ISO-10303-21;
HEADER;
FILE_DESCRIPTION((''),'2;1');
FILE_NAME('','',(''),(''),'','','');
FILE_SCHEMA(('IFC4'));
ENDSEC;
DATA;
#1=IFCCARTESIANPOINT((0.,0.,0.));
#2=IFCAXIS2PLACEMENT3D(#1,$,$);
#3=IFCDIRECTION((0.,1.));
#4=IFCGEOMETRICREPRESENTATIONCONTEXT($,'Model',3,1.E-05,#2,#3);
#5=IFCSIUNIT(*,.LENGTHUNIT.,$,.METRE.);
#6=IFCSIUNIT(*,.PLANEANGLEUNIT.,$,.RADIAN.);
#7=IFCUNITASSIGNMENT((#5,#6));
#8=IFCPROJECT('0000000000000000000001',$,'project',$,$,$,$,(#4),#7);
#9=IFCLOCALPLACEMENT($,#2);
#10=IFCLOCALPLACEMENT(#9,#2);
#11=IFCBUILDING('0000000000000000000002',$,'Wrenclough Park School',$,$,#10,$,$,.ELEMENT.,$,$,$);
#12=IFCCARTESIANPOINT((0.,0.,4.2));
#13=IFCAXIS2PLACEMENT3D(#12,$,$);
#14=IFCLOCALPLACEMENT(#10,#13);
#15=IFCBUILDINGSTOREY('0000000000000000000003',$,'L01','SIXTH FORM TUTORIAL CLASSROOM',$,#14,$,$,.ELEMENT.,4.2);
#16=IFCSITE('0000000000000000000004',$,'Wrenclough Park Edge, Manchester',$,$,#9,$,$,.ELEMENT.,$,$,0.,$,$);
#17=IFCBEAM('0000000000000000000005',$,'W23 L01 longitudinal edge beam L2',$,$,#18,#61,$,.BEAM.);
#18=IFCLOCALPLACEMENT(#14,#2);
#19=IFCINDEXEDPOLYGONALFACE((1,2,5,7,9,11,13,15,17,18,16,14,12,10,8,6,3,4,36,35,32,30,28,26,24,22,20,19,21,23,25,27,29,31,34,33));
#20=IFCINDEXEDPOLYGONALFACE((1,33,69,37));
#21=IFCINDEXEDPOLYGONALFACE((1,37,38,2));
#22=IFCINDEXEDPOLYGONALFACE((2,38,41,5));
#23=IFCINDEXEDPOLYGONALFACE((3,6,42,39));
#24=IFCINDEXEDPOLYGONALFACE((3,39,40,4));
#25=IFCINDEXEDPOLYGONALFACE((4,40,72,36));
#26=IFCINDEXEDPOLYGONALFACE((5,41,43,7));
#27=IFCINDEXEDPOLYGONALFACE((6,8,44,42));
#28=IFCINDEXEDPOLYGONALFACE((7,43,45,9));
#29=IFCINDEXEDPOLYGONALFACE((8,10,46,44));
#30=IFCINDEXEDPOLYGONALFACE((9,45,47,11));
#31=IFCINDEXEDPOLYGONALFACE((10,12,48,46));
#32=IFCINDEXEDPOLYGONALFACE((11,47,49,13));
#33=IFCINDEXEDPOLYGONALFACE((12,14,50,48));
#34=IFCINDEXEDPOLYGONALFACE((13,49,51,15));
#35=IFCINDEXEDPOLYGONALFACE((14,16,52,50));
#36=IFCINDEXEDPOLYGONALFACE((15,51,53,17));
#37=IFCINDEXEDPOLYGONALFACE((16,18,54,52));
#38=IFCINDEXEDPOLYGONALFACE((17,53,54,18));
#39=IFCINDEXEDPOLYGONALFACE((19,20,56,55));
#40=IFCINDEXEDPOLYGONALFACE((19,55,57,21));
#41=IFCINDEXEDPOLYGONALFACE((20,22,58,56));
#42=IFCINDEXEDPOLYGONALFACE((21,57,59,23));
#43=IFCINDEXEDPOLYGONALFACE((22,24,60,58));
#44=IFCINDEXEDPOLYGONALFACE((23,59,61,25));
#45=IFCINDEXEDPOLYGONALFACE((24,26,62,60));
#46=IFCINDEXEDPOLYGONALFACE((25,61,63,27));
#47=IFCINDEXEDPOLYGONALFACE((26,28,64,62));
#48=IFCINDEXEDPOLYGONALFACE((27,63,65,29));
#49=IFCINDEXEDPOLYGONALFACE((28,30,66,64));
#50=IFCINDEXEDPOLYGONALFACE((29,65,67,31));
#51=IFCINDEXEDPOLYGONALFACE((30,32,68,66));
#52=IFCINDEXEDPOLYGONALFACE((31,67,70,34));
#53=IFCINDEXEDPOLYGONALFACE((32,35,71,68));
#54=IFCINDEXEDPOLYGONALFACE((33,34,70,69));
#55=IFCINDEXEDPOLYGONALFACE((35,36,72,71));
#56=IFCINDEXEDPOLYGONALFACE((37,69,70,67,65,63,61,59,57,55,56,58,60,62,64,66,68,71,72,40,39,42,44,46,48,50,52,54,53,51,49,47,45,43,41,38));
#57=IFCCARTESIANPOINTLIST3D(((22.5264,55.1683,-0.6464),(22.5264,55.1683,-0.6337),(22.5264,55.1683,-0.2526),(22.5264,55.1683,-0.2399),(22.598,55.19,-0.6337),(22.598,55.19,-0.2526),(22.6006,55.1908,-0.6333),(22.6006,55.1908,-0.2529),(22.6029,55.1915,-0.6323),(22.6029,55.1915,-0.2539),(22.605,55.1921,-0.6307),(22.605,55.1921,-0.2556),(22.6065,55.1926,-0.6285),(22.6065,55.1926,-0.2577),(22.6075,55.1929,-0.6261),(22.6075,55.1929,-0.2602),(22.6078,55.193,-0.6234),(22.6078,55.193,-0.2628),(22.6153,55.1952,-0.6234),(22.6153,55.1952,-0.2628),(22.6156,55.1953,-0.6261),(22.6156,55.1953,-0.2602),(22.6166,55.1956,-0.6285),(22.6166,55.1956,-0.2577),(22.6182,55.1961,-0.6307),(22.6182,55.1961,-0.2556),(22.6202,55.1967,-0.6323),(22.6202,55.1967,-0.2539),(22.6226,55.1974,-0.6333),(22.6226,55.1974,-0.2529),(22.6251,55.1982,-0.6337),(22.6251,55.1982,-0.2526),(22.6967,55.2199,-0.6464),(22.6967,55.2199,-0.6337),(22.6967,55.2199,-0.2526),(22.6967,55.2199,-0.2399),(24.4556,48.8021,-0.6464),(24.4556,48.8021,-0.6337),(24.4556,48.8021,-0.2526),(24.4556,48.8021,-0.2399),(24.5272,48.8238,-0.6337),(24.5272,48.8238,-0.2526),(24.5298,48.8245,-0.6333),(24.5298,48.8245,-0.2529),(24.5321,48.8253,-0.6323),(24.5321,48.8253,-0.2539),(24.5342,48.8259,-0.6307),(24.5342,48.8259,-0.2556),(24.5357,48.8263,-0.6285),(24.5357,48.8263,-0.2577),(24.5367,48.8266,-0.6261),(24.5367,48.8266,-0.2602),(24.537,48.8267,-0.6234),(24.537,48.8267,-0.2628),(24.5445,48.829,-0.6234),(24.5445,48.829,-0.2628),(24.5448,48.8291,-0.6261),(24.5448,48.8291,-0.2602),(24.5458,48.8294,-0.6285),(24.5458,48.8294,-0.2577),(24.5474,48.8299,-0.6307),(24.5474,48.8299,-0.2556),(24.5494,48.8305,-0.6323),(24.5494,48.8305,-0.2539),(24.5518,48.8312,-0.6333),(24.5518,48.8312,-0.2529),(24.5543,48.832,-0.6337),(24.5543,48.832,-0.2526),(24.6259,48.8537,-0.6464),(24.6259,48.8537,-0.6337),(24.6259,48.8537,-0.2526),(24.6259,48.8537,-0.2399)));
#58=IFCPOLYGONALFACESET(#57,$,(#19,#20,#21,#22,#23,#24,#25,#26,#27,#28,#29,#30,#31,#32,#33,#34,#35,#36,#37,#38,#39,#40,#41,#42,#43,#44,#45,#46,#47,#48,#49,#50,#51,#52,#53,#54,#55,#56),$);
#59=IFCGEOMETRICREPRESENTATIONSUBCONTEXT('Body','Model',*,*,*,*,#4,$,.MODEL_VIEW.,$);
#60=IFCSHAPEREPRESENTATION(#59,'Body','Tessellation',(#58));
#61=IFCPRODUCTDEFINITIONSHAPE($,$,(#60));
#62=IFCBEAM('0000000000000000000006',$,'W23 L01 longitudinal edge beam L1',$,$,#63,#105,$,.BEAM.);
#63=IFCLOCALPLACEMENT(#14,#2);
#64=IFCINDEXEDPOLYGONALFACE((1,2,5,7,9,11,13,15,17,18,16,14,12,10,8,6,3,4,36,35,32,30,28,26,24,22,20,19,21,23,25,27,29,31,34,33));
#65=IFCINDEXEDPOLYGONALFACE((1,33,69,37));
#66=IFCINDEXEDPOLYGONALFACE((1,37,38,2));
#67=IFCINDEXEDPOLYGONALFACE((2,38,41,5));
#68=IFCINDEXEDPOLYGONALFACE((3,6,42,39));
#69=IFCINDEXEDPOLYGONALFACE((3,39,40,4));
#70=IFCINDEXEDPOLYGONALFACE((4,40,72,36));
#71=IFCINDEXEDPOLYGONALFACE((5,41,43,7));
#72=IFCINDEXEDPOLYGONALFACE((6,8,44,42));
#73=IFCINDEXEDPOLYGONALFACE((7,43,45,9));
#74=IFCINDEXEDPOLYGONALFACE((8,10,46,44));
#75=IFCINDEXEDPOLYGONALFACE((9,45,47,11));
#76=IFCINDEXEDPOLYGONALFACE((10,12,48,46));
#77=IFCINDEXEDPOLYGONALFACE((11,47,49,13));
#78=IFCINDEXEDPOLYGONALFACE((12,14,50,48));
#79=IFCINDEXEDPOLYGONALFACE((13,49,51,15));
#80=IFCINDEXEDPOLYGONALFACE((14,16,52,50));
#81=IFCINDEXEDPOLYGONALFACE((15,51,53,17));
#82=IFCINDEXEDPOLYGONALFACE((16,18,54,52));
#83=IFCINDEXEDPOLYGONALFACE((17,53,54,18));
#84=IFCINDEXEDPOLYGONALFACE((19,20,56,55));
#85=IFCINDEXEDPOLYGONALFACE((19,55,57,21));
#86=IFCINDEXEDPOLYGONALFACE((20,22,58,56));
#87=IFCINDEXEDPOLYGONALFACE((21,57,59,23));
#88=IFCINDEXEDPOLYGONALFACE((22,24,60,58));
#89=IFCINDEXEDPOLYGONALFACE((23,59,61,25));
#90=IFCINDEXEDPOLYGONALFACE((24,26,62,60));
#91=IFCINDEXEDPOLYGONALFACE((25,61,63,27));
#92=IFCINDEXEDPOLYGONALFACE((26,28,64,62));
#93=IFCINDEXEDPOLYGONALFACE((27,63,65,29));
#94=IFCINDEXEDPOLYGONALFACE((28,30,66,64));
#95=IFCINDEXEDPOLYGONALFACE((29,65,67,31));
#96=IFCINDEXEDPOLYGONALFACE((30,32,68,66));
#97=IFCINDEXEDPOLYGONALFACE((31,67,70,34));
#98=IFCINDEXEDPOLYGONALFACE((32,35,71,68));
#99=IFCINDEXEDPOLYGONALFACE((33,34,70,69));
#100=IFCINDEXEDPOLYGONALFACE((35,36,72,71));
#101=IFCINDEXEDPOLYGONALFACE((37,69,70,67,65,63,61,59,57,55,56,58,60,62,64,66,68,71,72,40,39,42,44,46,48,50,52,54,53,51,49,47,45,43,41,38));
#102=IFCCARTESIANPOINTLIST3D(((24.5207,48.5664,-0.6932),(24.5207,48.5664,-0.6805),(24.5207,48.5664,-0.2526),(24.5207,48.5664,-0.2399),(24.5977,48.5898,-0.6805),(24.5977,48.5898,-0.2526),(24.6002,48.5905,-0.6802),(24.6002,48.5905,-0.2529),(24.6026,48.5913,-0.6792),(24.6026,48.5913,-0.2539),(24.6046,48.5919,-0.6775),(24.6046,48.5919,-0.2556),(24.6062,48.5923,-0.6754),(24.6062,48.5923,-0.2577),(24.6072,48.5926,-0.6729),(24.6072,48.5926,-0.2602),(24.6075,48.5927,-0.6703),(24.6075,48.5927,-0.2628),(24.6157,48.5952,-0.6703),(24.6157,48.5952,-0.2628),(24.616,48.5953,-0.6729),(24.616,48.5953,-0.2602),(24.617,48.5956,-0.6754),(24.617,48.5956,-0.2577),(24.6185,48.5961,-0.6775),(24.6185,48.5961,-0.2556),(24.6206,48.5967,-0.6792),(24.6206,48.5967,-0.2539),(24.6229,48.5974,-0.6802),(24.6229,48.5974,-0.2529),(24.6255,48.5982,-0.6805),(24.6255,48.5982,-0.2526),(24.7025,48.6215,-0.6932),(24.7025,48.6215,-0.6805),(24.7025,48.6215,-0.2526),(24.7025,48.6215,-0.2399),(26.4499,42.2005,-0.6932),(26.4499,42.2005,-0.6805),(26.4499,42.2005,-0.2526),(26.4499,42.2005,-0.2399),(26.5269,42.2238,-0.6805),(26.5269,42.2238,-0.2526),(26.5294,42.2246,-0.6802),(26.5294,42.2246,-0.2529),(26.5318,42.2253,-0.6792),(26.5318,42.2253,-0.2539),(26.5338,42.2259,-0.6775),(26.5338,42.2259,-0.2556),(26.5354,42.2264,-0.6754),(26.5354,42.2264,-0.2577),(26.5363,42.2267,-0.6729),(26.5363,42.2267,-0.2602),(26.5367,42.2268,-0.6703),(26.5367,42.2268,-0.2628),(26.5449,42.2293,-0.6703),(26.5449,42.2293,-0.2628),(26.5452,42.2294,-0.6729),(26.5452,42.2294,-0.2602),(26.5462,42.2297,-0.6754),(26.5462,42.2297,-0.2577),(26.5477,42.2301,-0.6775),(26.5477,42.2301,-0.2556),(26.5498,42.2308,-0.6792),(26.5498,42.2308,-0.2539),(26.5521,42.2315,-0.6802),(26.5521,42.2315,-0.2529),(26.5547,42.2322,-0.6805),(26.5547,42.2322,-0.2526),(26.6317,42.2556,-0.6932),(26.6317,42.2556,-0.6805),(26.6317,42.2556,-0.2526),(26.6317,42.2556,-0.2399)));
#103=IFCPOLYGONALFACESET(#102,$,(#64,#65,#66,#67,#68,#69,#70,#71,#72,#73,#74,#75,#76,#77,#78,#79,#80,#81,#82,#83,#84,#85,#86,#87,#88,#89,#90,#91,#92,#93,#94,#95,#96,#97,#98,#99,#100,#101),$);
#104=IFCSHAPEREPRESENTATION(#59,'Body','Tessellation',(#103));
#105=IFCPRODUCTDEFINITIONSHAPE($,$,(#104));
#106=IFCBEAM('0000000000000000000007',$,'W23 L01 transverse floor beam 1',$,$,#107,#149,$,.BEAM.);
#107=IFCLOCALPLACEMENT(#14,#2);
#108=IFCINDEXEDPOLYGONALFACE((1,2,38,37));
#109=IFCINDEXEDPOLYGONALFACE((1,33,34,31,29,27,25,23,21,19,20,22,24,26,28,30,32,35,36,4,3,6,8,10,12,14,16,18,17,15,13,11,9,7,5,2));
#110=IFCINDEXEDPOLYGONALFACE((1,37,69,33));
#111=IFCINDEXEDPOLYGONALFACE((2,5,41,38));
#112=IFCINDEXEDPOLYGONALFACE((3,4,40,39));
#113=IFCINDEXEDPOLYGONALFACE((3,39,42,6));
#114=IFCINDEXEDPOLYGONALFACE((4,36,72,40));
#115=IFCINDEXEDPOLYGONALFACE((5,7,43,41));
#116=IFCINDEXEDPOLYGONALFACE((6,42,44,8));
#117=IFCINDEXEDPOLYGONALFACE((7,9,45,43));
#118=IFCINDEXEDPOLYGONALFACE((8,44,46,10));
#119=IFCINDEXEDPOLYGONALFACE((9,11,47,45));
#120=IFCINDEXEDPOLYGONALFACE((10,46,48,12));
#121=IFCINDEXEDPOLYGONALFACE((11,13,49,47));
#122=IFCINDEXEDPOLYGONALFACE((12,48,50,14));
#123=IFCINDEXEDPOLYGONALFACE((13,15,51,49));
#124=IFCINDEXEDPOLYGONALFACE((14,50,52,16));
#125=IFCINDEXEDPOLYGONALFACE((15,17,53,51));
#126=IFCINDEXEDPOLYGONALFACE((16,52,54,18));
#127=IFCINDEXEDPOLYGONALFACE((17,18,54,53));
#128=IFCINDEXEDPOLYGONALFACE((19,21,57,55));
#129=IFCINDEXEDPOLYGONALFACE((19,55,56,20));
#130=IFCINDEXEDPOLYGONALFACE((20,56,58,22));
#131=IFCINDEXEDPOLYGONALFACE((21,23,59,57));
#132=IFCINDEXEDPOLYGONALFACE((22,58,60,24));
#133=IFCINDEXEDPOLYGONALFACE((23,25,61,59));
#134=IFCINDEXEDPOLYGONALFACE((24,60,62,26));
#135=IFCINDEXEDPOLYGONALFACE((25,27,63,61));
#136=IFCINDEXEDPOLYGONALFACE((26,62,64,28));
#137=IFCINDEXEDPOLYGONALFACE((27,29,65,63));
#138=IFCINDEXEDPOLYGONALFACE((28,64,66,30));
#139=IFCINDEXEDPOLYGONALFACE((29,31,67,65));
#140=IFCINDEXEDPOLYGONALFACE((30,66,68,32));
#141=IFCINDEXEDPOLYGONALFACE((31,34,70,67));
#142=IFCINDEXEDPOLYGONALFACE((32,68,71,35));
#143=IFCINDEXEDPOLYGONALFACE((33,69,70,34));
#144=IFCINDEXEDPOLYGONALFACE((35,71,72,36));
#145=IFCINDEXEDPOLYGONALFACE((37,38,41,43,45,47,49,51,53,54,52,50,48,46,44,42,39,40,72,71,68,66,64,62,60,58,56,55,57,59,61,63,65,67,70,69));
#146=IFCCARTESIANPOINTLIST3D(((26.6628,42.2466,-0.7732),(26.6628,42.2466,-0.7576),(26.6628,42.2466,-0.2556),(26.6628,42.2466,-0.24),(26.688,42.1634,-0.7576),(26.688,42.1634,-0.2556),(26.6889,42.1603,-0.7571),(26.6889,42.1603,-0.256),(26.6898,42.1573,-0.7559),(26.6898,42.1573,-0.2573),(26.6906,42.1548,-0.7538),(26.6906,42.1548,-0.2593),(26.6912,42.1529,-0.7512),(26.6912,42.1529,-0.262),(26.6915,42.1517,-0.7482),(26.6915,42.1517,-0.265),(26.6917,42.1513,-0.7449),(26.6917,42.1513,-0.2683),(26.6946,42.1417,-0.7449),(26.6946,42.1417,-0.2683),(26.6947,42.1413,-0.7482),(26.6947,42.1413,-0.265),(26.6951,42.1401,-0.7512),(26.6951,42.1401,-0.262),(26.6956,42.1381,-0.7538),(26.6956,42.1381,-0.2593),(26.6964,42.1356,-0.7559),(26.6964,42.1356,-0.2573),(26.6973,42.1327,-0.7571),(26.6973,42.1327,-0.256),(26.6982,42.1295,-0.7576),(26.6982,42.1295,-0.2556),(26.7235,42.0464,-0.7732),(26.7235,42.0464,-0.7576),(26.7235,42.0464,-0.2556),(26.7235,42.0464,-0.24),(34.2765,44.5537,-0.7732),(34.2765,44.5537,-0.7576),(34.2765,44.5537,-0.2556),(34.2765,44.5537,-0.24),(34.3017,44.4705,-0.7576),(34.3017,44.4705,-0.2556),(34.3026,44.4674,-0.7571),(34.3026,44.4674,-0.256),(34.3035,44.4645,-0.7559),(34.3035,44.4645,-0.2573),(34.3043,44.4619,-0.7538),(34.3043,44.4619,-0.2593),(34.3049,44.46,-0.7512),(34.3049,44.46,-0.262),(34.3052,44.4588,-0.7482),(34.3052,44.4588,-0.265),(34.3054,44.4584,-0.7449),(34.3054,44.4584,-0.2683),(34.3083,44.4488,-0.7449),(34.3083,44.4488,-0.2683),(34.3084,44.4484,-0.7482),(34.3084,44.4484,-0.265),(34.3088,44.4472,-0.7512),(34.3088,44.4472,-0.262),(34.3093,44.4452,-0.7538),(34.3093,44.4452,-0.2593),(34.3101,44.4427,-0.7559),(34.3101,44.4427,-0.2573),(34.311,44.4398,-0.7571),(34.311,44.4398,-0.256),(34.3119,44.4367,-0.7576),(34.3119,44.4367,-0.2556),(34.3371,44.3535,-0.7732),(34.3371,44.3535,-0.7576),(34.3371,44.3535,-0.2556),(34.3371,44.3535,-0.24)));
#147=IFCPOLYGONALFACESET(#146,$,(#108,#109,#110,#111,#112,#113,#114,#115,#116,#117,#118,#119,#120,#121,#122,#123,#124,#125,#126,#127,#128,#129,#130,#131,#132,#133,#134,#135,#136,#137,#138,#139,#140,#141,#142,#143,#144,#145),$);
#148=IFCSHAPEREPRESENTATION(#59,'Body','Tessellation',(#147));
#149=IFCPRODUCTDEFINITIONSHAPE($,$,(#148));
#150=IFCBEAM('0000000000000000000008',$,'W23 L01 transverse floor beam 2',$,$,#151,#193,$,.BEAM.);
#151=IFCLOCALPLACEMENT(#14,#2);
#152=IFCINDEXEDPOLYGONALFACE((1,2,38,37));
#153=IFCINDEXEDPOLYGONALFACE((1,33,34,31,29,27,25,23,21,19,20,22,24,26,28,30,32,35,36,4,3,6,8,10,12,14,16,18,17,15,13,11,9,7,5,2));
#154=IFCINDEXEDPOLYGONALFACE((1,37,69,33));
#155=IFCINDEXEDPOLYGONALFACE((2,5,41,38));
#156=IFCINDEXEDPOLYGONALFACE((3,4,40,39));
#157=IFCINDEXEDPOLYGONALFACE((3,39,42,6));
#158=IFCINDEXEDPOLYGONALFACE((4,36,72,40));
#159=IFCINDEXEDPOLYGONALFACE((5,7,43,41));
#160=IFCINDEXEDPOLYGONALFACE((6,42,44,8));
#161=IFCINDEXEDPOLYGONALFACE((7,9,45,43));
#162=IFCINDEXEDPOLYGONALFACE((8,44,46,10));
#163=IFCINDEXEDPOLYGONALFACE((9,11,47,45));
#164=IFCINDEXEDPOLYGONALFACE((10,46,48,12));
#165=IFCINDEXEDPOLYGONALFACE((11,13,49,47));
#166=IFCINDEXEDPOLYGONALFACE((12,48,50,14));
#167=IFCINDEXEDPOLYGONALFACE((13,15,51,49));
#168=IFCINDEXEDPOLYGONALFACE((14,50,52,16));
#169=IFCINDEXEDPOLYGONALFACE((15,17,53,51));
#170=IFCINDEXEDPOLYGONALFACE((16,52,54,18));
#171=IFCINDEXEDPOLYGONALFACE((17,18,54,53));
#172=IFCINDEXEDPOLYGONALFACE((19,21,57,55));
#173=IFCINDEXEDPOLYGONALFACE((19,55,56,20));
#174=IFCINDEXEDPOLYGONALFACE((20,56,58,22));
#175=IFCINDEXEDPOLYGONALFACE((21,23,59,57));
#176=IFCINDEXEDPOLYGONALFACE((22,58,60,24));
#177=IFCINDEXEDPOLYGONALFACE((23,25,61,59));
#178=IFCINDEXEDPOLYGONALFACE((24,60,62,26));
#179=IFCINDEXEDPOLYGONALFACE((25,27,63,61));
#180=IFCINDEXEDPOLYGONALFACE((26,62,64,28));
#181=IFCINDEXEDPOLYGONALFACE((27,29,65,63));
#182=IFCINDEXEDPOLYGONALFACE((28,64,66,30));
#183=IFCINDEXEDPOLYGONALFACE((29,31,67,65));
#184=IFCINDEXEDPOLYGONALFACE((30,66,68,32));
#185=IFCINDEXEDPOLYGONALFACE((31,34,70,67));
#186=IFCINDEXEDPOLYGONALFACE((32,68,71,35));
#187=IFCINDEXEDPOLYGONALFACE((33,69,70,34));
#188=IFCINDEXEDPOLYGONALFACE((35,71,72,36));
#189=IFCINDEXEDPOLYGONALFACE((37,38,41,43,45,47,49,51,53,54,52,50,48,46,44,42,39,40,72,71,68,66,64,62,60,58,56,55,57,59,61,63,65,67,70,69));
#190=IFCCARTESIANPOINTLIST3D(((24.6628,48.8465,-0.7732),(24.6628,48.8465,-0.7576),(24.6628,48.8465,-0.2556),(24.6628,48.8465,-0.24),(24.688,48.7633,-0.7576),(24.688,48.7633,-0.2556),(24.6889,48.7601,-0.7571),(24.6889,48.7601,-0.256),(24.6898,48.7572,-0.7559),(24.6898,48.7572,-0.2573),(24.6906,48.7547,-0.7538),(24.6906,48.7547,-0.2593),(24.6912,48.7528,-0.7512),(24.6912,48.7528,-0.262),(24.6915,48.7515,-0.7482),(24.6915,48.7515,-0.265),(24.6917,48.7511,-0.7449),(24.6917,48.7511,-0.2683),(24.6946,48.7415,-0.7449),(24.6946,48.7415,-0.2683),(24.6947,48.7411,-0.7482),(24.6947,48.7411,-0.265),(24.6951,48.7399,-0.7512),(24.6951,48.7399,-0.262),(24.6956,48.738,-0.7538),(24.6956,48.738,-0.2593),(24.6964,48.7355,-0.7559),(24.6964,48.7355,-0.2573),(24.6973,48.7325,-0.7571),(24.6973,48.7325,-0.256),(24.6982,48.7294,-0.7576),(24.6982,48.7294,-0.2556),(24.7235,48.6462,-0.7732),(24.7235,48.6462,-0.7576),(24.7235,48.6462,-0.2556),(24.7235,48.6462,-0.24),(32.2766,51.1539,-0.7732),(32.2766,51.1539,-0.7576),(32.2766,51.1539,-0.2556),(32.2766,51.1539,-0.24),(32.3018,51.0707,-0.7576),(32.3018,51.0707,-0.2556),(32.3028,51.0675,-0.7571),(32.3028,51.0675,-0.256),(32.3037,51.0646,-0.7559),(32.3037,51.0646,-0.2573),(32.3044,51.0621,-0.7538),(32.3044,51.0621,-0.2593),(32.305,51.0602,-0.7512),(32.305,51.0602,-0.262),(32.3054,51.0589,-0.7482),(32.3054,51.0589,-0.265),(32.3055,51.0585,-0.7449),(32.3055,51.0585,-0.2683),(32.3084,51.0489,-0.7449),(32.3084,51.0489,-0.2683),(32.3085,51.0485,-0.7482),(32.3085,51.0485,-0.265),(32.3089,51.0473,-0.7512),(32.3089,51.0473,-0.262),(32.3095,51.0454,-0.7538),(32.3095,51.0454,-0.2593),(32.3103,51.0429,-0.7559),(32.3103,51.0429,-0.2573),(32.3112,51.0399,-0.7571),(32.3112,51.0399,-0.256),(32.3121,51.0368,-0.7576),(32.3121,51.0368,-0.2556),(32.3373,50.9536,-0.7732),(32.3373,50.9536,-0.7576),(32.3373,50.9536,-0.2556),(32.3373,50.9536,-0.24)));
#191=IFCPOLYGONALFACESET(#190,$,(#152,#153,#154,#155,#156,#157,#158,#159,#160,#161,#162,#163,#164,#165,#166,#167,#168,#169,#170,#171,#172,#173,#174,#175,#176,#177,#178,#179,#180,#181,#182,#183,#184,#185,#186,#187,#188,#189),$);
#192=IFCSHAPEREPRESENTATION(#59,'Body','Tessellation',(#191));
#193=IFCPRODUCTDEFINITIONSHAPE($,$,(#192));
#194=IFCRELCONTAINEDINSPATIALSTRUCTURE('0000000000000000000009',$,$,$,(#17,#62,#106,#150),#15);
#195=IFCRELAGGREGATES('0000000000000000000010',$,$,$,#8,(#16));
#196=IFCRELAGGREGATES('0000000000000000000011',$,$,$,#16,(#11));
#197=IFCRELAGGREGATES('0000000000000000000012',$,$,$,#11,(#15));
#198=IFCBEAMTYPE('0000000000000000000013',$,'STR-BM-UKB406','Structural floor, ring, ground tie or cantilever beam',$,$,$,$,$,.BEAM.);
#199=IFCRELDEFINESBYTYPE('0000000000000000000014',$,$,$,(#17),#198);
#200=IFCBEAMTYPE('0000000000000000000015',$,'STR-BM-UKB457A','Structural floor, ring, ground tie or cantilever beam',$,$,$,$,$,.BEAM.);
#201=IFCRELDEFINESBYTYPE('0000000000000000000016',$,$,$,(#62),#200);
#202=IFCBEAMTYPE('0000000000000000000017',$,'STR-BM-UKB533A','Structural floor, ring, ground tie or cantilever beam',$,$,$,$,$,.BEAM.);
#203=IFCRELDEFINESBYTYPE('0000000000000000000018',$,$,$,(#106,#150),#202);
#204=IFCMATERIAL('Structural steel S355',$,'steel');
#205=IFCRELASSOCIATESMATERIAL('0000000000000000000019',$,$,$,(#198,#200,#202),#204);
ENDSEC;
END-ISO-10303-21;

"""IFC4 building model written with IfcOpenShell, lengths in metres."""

from ifc_helpers import new_model, si_unit, direction, frame, origin, origin_2d, place, context, subcontext, project, spatial, i_section, extrude, material, material_profile, profile_set, type_object, element, save


model = new_model("IFC4")

# Units and contexts
model_context = context("Model", 3, precision=1e-05, world=origin(), true_north=direction((0.0, 1.0)))
body_context = subcontext(model_context, "Body", "Model", "MODEL_VIEW")
ifc_project = project(units=[si_unit("LENGTHUNIT", "METRE"), si_unit("PLANEANGLEUNIT", "RADIAN")], contexts=[model_context])

# Site, building, storey
site_placement = place(None, origin())
site = spatial("IfcSite", under=ifc_project, at=site_placement, Name="Wrenclough Park Edge, Manchester", CompositionType="ELEMENT", RefElevation=0.0)
building_placement = place(site_placement, origin())
building = spatial("IfcBuilding", under=site, at=building_placement, Name="Wrenclough Park School", CompositionType="ELEMENT")
storey_placement = place(building_placement, frame((0.0, 0.0, 4.2)))
storey = spatial("IfcBuildingStorey", under=building, at=storey_placement, Name="L01", Description="SIXTH FORM TUTORIAL CLASSROOM", CompositionType="ELEMENT", Elevation=4.2)

# Shared definitions
ifc_material_1 = material(Name="Structural steel S355", Category="steel")

# Beams
ifc_material_profile_1 = material_profile(ifc_material_1, i_section(OverallWidth=0.178, OverallDepth=0.4065, WebThickness=0.0078, FlangeThickness=0.0127, FilletRadius=0.0103, at=origin_2d()), Name="UKB 406x178x60")
ifc_profile_set_1 = profile_set([ifc_material_profile_1], Name="Structural steel S355")
beam_type_1 = type_object("IfcBeamType", Name="STR-BM-UKB406", Description="Structural floor, ring, ground tie or cantilever beam", PredefinedType="BEAM", material=ifc_profile_set_1)
beam_1_placement = place(storey_placement, frame((24.5408, 48.8279, -0.4431), z_axis=(-0.290014, 0.957023, 0.0), x_axis=(-0.957023, -0.290014, 0.0)))
element("IfcBeam", 1, at=beam_1_placement, inside=storey, type_object=beam_type_1, Name="W23 L01 longitudinal edge beam L2", PredefinedType="BEAM", context=body_context, shape_type="SweptSolid", body=[
    extrude(i_section(OverallWidth=0.178, OverallDepth=0.4065, WebThickness=0.0078, FlangeThickness=0.0127, FilletRadius=0.0103, at=origin_2d()), origin(), (0.0, 0.0, 1.0), 6.6521),
])
ifc_material_profile_2 = material_profile(ifc_material_1, i_section(OverallWidth=0.1899, OverallDepth=0.4534, WebThickness=0.0085, FlangeThickness=0.0127, FilletRadius=0.0103, at=origin_2d()), Name="UKB 457x191x67")
ifc_profile_set_2 = profile_set([ifc_material_profile_2], Name="Structural steel S355")
beam_type_2 = type_object("IfcBeamType", Name="STR-BM-UKB457A", Description="Structural floor, ring, ground tie or cantilever beam", PredefinedType="BEAM", material=ifc_profile_set_2)
beam_2_placement = place(storey_placement, frame((26.5408, 42.228, -0.4666), z_axis=(-0.290024, 0.957019, 0.0), x_axis=(-0.957019, -0.290024, 0.0)))
element("IfcBeam", 2, at=beam_2_placement, inside=storey, type_object=beam_type_2, Name="W23 L01 longitudinal edge beam L1", PredefinedType="BEAM", context=body_context, shape_type="SweptSolid", body=[
    extrude(i_section(OverallWidth=0.1899, OverallDepth=0.4534, WebThickness=0.0085, FlangeThickness=0.0127, FilletRadius=0.0103, at=origin_2d()), origin(), (0.0, 0.0, 1.0), 6.6519),
])
ifc_material_profile_3 = material_profile(ifc_material_1, i_section(OverallWidth=0.2092, OverallDepth=0.5332, WebThickness=0.01, FlangeThickness=0.0156, FilletRadius=0.0127, at=origin_2d()), Name="UKB 533x210x92")
ifc_profile_set_3 = profile_set([ifc_material_profile_3], Name="Structural steel S355")
beam_type_3 = type_object("IfcBeamType", Name="STR-BM-UKB533A", Description="Structural floor, ring, ground tie or cantilever beam", PredefinedType="BEAM", material=ifc_profile_set_3)
beam_3_placement = place(storey_placement, frame((26.6931, 42.1465, -0.5066), z_axis=(0.957027, 0.289999, 0.0), x_axis=(-0.289999, 0.957027, 0.0)))
element("IfcBeam", 3, at=beam_3_placement, inside=storey, type_object=beam_type_3, Name="W23 L01 transverse floor beam 1", PredefinedType="BEAM", context=body_context, shape_type="SweptSolid", body=[
    extrude(i_section(OverallWidth=0.2092, OverallDepth=0.5332, WebThickness=0.01, FlangeThickness=0.0156, FilletRadius=0.0127, at=origin_2d()), origin(), (0.0, 0.0, 1.0), 7.9556),
])
beam_4_placement = place(storey_placement, frame((24.6931, 48.7463, -0.5066), z_axis=(0.957018, 0.290027, 0.0), x_axis=(-0.290027, 0.957018, 0.0)))
element("IfcBeam", 4, at=beam_4_placement, inside=storey, type_object=beam_type_3, Name="W23 L01 transverse floor beam 2", PredefinedType="BEAM", context=body_context, shape_type="SweptSolid", body=[
    extrude(i_section(OverallWidth=0.2092, OverallDepth=0.5332, WebThickness=0.01, FlangeThickness=0.0156, FilletRadius=0.0127, at=origin_2d()), origin(), (0.0, 0.0, 1.0), 7.9558),
])

save(model, "model.ifc")
